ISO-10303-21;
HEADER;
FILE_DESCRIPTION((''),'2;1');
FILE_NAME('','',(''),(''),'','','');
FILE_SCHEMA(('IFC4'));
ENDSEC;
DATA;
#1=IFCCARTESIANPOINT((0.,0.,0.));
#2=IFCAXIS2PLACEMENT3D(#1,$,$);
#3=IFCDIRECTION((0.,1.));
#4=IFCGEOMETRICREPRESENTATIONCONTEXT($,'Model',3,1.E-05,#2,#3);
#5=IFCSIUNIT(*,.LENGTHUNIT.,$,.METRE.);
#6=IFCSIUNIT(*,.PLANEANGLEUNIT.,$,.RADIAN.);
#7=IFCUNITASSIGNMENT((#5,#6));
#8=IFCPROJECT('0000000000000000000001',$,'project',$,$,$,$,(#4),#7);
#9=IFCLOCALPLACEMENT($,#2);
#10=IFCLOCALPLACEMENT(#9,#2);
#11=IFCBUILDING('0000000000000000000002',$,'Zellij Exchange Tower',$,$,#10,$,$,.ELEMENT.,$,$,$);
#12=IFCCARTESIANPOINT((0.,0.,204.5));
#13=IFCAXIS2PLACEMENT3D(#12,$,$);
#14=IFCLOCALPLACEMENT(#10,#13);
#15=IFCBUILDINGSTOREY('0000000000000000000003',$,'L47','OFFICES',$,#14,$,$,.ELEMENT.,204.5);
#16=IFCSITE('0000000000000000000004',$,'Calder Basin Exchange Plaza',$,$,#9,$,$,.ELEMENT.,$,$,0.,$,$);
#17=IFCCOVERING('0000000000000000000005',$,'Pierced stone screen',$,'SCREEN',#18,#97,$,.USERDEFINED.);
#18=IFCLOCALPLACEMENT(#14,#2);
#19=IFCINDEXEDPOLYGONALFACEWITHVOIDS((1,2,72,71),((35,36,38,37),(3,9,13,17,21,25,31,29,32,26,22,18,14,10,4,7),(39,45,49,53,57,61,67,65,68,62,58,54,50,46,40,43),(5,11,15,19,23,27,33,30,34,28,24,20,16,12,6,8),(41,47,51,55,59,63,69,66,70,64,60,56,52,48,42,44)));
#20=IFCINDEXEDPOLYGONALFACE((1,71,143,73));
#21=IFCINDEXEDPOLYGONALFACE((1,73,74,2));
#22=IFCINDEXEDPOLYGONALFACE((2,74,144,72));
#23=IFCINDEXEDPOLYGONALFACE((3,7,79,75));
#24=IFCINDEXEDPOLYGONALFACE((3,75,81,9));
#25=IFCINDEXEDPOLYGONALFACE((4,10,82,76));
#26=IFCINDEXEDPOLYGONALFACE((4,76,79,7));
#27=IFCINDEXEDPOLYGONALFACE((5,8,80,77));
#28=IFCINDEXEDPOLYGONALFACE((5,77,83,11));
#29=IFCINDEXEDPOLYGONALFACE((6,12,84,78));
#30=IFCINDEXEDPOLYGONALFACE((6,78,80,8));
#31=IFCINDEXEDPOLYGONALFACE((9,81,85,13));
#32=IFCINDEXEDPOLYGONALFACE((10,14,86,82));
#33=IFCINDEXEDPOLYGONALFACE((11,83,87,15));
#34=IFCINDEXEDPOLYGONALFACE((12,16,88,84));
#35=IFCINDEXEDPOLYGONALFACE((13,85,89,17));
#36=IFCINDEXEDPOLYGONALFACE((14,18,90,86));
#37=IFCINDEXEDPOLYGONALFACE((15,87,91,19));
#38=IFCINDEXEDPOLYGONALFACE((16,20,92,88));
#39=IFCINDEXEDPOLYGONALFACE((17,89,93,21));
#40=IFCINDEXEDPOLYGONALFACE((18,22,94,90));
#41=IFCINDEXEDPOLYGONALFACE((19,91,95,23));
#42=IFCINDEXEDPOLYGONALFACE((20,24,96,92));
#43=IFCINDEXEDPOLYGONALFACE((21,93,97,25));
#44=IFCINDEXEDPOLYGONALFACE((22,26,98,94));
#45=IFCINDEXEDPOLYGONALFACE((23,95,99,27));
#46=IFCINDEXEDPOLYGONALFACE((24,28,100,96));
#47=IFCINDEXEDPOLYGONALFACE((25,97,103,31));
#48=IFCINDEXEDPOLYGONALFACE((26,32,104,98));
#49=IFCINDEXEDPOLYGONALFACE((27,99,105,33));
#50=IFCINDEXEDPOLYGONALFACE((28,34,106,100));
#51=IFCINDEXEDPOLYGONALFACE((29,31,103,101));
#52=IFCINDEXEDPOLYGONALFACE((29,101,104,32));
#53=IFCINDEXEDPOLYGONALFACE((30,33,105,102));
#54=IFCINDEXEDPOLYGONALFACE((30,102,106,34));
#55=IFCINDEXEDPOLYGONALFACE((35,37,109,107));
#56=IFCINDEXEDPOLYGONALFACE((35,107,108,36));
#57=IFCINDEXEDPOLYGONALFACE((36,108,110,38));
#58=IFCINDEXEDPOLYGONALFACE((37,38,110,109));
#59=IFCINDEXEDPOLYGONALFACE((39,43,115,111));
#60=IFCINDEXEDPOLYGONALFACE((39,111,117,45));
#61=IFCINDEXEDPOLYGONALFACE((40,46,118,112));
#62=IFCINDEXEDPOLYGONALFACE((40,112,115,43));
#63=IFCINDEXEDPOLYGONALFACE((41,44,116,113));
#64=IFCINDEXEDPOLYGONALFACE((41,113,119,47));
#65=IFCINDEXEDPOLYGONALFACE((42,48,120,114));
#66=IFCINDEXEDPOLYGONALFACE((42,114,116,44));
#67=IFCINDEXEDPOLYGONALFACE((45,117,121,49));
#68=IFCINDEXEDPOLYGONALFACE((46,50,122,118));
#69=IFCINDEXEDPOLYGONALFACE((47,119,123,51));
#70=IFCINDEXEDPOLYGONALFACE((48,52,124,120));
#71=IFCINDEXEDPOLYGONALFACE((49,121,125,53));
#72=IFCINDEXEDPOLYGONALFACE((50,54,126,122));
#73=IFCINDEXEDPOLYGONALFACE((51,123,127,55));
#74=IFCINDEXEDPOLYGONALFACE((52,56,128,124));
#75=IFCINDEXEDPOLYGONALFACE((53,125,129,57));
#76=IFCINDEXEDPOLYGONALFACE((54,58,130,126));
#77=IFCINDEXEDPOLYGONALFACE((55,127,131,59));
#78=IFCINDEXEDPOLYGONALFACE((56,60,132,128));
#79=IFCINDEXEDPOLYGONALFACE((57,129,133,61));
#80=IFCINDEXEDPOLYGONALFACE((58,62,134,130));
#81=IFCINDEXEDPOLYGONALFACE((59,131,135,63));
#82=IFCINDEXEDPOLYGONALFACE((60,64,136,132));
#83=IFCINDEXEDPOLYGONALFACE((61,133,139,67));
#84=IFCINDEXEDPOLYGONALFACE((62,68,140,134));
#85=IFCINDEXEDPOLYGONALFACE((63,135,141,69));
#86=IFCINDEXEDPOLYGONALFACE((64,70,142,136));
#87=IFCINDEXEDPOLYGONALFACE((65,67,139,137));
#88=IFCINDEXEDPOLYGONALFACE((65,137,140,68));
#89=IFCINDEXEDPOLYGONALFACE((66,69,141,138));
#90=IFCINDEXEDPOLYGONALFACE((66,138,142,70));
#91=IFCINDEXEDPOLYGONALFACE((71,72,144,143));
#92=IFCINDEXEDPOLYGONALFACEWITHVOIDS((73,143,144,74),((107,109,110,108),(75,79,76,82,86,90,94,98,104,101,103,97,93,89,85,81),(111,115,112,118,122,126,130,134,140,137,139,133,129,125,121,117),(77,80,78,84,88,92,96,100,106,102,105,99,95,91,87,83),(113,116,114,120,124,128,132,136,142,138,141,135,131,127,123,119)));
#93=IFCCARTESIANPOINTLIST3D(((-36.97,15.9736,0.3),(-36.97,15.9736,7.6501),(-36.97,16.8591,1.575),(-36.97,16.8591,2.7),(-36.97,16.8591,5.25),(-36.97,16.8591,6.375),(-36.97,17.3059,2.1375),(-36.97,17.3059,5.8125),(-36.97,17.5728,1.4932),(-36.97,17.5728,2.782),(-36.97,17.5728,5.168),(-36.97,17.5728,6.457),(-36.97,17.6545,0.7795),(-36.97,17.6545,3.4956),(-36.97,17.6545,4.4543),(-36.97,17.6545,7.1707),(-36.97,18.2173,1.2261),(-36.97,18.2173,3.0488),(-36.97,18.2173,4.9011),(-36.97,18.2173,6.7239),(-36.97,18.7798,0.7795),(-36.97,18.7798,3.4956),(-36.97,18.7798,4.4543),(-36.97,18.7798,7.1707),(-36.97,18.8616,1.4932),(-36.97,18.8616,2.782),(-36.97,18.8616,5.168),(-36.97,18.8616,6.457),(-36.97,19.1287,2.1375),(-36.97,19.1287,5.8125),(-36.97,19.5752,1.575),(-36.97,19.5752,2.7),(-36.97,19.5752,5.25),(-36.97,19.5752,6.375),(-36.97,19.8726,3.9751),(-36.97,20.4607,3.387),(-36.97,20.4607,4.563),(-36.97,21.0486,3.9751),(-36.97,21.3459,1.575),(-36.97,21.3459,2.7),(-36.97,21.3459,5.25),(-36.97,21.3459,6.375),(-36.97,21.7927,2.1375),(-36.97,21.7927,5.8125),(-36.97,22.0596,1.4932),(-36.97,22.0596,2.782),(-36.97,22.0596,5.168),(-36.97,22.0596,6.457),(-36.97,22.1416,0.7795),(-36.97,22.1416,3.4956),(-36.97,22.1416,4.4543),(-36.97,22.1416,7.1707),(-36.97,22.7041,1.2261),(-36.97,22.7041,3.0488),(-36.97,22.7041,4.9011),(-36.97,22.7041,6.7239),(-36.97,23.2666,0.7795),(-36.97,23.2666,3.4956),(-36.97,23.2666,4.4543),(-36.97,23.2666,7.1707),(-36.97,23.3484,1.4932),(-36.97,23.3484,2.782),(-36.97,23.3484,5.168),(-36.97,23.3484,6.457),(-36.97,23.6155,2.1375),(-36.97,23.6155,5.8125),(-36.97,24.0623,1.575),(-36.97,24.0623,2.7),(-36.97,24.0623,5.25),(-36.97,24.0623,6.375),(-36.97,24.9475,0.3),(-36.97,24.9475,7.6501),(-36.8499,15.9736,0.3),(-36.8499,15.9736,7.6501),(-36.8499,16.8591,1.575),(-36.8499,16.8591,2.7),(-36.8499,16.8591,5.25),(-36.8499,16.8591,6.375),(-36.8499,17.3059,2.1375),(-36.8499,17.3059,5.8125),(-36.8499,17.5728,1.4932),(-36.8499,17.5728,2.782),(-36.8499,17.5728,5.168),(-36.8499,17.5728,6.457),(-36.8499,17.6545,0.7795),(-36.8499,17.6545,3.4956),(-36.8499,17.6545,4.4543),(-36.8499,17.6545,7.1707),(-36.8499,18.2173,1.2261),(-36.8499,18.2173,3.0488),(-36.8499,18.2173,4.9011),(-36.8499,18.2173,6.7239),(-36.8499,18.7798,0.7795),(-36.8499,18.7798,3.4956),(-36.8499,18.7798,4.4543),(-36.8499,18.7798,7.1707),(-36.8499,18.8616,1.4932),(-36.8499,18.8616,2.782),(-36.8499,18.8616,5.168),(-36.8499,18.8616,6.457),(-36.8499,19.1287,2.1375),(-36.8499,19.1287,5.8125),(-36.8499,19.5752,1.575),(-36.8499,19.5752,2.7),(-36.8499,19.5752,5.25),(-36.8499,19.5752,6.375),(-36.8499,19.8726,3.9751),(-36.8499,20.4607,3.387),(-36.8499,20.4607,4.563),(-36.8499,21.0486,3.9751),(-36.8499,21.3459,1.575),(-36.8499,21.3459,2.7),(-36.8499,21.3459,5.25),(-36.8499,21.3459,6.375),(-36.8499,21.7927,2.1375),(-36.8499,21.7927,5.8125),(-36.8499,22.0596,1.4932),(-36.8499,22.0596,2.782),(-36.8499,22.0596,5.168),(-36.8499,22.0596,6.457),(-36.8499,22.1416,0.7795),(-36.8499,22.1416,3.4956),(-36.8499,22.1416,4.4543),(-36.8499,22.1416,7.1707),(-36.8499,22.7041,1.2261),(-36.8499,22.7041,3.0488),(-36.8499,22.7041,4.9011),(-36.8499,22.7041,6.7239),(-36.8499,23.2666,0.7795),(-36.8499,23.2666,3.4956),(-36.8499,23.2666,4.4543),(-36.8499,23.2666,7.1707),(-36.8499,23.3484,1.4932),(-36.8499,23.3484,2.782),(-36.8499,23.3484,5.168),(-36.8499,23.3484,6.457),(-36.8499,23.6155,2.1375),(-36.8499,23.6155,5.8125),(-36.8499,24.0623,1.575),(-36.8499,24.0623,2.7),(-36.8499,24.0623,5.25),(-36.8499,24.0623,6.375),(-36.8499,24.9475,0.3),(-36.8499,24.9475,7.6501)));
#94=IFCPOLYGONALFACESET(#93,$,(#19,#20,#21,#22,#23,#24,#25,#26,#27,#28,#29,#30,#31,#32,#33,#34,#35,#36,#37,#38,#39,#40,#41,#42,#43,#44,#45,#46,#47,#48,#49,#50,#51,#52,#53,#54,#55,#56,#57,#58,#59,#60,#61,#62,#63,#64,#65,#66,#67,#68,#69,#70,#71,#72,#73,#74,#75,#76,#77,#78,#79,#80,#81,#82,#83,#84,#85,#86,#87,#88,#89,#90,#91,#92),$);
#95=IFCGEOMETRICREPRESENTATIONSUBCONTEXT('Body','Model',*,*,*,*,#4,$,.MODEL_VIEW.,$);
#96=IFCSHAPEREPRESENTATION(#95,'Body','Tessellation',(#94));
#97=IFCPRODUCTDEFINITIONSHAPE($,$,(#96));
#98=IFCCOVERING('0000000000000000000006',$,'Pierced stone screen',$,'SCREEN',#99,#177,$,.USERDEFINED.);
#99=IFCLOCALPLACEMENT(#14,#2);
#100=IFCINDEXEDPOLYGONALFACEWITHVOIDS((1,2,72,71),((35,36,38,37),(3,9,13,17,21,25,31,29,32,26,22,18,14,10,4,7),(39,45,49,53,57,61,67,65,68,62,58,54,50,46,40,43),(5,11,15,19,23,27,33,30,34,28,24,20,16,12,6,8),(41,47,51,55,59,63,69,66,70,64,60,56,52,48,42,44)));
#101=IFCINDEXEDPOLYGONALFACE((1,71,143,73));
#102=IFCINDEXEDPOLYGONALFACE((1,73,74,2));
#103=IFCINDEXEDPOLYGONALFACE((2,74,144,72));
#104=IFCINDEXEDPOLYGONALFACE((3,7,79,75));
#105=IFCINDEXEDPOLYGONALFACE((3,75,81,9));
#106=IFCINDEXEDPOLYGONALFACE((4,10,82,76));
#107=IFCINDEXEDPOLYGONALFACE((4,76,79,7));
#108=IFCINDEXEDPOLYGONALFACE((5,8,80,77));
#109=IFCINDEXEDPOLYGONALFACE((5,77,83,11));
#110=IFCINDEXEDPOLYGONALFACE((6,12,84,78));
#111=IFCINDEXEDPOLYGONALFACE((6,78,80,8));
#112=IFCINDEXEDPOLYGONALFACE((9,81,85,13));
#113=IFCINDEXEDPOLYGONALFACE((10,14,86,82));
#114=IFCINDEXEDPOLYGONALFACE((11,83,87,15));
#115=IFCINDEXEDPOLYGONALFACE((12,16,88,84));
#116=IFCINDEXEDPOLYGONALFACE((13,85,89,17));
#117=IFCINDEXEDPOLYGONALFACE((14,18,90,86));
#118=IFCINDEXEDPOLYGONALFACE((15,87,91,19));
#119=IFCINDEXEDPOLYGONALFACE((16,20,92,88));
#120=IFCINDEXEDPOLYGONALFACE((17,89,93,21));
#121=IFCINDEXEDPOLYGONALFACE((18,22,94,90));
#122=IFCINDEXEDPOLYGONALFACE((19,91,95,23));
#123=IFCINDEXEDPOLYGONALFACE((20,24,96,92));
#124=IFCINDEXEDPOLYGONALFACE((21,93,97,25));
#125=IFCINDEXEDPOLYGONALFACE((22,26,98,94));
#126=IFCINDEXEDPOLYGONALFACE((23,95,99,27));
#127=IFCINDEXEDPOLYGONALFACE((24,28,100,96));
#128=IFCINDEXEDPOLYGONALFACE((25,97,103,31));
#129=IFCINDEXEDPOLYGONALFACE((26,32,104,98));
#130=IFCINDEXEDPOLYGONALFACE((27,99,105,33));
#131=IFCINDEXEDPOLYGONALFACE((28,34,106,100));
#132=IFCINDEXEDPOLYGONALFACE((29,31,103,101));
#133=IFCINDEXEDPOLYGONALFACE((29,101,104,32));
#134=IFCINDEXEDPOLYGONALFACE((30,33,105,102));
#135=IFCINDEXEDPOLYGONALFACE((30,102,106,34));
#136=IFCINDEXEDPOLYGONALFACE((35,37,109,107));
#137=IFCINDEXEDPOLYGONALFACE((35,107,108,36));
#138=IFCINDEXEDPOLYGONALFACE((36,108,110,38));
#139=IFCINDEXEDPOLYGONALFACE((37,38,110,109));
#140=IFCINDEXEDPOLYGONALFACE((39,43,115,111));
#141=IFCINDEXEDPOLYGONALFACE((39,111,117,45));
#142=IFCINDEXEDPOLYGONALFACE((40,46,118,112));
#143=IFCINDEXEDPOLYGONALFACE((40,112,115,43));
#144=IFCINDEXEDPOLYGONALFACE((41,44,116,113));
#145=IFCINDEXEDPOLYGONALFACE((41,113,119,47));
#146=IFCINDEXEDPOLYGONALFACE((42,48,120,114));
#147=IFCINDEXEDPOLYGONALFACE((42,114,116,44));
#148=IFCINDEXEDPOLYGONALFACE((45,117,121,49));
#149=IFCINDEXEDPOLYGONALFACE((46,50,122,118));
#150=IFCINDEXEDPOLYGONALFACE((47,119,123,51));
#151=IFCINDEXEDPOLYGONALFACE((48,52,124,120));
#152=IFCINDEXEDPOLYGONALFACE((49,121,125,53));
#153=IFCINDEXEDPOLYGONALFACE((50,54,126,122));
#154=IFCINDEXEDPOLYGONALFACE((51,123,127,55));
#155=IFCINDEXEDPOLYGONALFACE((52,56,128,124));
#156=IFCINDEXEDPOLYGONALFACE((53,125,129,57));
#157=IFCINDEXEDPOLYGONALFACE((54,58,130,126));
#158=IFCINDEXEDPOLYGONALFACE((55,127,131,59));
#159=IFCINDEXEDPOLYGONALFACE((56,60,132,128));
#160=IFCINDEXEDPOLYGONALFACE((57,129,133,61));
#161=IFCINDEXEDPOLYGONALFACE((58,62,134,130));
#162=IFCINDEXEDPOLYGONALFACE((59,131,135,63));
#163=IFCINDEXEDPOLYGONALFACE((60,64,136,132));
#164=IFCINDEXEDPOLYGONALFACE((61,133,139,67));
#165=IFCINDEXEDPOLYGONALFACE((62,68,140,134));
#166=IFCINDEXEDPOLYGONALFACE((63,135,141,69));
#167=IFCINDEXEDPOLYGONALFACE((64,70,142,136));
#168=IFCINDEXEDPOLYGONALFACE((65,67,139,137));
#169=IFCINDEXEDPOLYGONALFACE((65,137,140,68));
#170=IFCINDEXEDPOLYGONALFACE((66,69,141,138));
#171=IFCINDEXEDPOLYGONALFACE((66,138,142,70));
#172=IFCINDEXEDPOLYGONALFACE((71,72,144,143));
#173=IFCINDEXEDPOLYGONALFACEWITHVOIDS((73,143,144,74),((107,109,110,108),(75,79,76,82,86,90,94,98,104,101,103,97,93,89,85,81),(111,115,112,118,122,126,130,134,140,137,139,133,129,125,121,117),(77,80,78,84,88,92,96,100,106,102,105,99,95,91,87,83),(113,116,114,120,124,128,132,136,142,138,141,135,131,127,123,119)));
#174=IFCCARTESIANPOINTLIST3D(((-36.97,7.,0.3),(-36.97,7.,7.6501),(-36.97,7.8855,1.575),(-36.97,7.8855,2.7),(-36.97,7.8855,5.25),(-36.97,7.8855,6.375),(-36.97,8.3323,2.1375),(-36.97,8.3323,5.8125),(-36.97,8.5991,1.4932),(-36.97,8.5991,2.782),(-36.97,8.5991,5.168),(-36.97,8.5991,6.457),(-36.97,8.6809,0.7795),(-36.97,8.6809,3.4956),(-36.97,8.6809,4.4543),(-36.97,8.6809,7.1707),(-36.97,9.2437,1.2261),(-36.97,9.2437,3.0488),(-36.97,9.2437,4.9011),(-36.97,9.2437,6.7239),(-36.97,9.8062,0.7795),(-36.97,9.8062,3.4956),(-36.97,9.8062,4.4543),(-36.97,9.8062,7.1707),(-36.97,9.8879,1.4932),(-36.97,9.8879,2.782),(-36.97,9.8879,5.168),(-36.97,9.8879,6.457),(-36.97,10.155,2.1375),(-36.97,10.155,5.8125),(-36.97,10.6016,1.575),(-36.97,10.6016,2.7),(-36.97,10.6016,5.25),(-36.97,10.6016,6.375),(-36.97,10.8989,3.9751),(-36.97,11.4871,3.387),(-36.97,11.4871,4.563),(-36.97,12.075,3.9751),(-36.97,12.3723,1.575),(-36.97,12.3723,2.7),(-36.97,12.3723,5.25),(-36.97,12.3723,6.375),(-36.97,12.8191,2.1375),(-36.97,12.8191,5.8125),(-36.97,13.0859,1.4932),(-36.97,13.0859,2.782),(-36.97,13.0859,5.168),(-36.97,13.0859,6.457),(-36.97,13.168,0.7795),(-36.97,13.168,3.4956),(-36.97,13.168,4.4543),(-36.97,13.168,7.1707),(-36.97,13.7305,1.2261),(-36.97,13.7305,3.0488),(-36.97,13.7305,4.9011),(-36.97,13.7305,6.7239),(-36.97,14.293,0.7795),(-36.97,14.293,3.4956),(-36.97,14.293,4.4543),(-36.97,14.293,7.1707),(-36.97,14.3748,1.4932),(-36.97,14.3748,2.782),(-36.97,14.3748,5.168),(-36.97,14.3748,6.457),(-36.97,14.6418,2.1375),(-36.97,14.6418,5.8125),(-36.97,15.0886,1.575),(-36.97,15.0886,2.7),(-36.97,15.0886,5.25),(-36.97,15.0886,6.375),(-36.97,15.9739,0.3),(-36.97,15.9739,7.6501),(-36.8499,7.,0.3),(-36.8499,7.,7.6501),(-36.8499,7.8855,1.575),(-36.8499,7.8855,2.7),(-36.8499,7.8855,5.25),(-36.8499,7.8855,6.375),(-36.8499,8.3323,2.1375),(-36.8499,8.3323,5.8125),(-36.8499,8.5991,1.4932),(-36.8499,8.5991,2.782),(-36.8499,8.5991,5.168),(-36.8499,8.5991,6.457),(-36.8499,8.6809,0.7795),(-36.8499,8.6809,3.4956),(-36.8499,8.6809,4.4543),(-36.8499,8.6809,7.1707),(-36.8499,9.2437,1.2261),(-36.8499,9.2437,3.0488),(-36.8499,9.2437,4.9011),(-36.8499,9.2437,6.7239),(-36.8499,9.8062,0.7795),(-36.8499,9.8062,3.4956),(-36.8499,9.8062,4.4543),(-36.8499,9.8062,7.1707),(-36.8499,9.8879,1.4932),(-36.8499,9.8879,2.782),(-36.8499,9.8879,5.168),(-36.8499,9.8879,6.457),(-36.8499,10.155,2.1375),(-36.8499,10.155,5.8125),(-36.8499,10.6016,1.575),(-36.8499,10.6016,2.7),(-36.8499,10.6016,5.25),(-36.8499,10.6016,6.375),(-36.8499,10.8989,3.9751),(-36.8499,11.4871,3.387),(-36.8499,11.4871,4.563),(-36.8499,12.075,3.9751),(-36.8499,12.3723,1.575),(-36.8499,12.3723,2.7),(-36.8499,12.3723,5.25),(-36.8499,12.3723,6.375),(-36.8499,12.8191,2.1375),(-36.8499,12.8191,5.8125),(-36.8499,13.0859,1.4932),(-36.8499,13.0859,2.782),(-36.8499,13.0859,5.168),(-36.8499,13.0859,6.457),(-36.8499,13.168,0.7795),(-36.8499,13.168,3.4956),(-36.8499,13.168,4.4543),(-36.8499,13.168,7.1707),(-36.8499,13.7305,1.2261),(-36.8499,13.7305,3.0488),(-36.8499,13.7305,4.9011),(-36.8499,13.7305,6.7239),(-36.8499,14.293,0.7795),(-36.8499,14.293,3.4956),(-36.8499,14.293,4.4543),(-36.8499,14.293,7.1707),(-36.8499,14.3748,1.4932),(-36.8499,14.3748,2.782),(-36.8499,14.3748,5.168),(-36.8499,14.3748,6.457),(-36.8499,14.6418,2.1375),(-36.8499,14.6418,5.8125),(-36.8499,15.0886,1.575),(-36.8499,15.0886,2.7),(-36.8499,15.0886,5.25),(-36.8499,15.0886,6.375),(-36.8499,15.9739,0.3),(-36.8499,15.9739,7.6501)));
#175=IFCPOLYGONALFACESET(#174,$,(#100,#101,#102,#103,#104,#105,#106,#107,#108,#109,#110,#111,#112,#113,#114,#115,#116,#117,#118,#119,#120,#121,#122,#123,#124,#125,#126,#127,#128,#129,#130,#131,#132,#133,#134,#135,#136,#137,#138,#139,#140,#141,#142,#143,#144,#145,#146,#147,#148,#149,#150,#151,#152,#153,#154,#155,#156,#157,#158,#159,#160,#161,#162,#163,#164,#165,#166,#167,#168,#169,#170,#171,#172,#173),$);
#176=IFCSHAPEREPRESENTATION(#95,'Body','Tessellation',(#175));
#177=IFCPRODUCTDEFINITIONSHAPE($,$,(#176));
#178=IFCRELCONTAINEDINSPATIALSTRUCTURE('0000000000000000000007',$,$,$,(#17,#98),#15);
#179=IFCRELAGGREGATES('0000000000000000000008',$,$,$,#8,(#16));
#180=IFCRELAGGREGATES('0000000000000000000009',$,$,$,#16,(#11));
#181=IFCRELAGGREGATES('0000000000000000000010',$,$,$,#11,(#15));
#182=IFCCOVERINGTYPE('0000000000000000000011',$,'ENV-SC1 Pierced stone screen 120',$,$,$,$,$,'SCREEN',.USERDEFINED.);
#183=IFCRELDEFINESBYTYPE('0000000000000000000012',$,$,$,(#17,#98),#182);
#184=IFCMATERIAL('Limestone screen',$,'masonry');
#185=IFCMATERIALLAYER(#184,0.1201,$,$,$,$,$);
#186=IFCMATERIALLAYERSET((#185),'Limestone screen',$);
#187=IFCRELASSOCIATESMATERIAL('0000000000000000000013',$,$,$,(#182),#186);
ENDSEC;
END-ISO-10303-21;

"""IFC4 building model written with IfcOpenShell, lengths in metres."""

from ifc_helpers import new_model, si_unit, direction, frame, origin, place, context, subcontext, project, spatial, polyline, outline, extrude, material, layer, layer_set, type_object, element, save


model = new_model("IFC4")

# Units and contexts
model_context = context("Model", 3, precision=1e-05, world=origin(), true_north=direction((0.0, 1.0)))
body_context = subcontext(model_context, "Body", "Model", "MODEL_VIEW")
ifc_project = project(units=[si_unit("LENGTHUNIT", "METRE"), si_unit("PLANEANGLEUNIT", "RADIAN")], contexts=[model_context])

# Site, building, storey
site_placement = place(None, origin())
site = spatial("IfcSite", under=ifc_project, at=site_placement, Name="Calder Basin Exchange Plaza", CompositionType="ELEMENT", RefElevation=0.0)
building_placement = place(site_placement, origin())
building = spatial("IfcBuilding", under=site, at=building_placement, Name="Zellij Exchange Tower", CompositionType="ELEMENT")
storey_placement = place(building_placement, frame((0.0, 0.0, 204.5)))
storey = spatial("IfcBuildingStorey", under=building, at=storey_placement, Name="L47", Description="OFFICES", CompositionType="ELEMENT", Elevation=204.5)

# Coverings
ifc_material_1 = material(Name="Limestone screen", Category="masonry")
ifc_layer_1 = layer(ifc_material_1, 0.1201)
ifc_layer_set_1 = layer_set([ifc_layer_1], Name="Limestone screen")
covering_type = type_object("IfcCoveringType", Name="ENV-SC1 Pierced stone screen 120", ElementType="SCREEN", PredefinedType="USERDEFINED", material=ifc_layer_set_1)
covering_1_placement = place(storey_placement, frame((-36.9099, 24.9475, 0.3), z_axis=(0.0, 0.0, 1.0), x_axis=(0.0, -1.0, 0.0)))
element("IfcCovering", 1, at=covering_1_placement, inside=storey, type_object=covering_type, Name="Pierced stone screen", ObjectType="SCREEN", PredefinedType="USERDEFINED", context=body_context, shape_type="SweptSolid", body=[
    extrude(outline(polyline([(0.0, 0.0), (8.9739, 0.0), (8.9739, 7.3501), (0.0, 7.3501), (0.0, 0.0)]), holes=[polyline([(3.6016, 2.3999), (2.8879, 2.4819), (2.8059, 3.1956), (2.2434, 2.7488), (1.6809, 3.1956), (1.5991, 2.4819), (0.8853, 2.3999), (1.332, 1.8374), (0.8853, 1.2749), (1.5991, 1.1931), (1.6809, 0.4795), (2.2434, 0.926), (2.8059, 0.4795), (2.8879, 1.1931), (3.6016, 1.2749), (3.1548, 1.8374), (3.6016, 2.3999)]), polyline([(3.6016, 6.075), (2.8879, 6.157), (2.8059, 6.8706), (2.2434, 6.4238), (1.6809, 6.8706), (1.5991, 6.157), (0.8853, 6.075), (1.332, 5.5125), (0.8853, 4.95), (1.5991, 4.8679), (1.6809, 4.1543), (2.2434, 4.6011), (2.8059, 4.1543), (2.8879, 4.8679), (3.6016, 4.95), (3.1548, 5.5125), (3.6016, 6.075)]), polyline([(8.0884, 2.3999), (7.3748, 2.4819), (7.293, 3.1956), (6.7302, 2.7488), (6.1677, 3.1956), (6.0859, 2.4819), (5.3723, 2.3999), (5.8188, 1.8374), (5.3723, 1.2749), (6.0859, 1.1931), (6.1677, 0.4795), (6.7302, 0.926), (7.293, 0.4795), (7.3748, 1.1931), (8.0884, 1.2749), (7.6416, 1.8374), (8.0884, 2.3999)]), polyline([(8.0884, 6.075), (7.3748, 6.157), (7.293, 6.8706), (6.7302, 6.4238), (6.1677, 6.8706), (6.0859, 6.157), (5.3723, 6.075), (5.8188, 5.5125), (5.3723, 4.95), (6.0859, 4.8679), (6.1677, 4.1543), (6.7302, 4.6011), (7.293, 4.1543), (7.3748, 4.8679), (8.0884, 4.95), (7.6416, 5.5125), (8.0884, 6.075)]), polyline([(5.075, 3.675), (4.4868, 4.2629), (3.8989, 3.675), (4.4868, 3.0869), (5.075, 3.675)])]), frame((0.0, 0.0601, 0.0), z_axis=(0.0, -1.0, 0.0), x_axis=(1.0, 0.0, 0.0)), (0.0, 0.0, 1.0), 0.1201),
])
covering_2_placement = place(storey_placement, frame((-36.9099, 15.9739, 0.3), z_axis=(0.0, 0.0, 1.0), x_axis=(0.0, -1.0, 0.0)))
element("IfcCovering", 2, at=covering_2_placement, inside=storey, type_object=covering_type, Name="Pierced stone screen", ObjectType="SCREEN", PredefinedType="USERDEFINED", context=body_context, shape_type="SweptSolid", body=[
    extrude(outline(polyline([(0.0, 0.0), (8.9739, 0.0), (8.9739, 7.3501), (0.0, 7.3501), (0.0, 0.0)]), holes=[polyline([(3.6016, 2.3999), (2.8879, 2.4819), (2.8059, 3.1956), (2.2434, 2.7488), (1.6809, 3.1956), (1.5991, 2.4819), (0.8853, 2.3999), (1.332, 1.8374), (0.8853, 1.2749), (1.5991, 1.1931), (1.6809, 0.4795), (2.2434, 0.926), (2.8059, 0.4795), (2.8879, 1.1931), (3.6016, 1.2749), (3.1548, 1.8374), (3.6016, 2.3999)]), polyline([(3.6016, 6.075), (2.8879, 6.157), (2.8059, 6.8706), (2.2434, 6.4238), (1.6809, 6.8706), (1.5991, 6.157), (0.8853, 6.075), (1.332, 5.5125), (0.8853, 4.95), (1.5991, 4.8679), (1.6809, 4.1543), (2.2434, 4.6011), (2.8059, 4.1543), (2.8879, 4.8679), (3.6016, 4.95), (3.1548, 5.5125), (3.6016, 6.075)]), polyline([(8.0884, 2.3999), (7.3748, 2.4819), (7.293, 3.1956), (6.7302, 2.7488), (6.1677, 3.1956), (6.0859, 2.4819), (5.3723, 2.3999), (5.8188, 1.8374), (5.3723, 1.2749), (6.0859, 1.1931), (6.1677, 0.4795), (6.7302, 0.926), (7.293, 0.4795), (7.3748, 1.1931), (8.0884, 1.2749), (7.6416, 1.8374), (8.0884, 2.3999)]), polyline([(8.0884, 6.075), (7.3748, 6.157), (7.293, 6.8706), (6.7302, 6.4238), (6.1677, 6.8706), (6.0859, 6.157), (5.3723, 6.075), (5.8188, 5.5125), (5.3723, 4.95), (6.0859, 4.8679), (6.1677, 4.1543), (6.7302, 4.6011), (7.293, 4.1543), (7.3748, 4.8679), (8.0884, 4.95), (7.6416, 5.5125), (8.0884, 6.075)]), polyline([(5.075, 3.675), (4.4868, 4.2629), (3.8989, 3.675), (4.4868, 3.0869), (5.075, 3.675)])]), frame((0.0, 0.0601, 0.0), z_axis=(0.0, -1.0, 0.0), x_axis=(1.0, 0.0, 0.0)), (0.0, 0.0, 1.0), 0.1201),
])

save(model, "model.ifc")
